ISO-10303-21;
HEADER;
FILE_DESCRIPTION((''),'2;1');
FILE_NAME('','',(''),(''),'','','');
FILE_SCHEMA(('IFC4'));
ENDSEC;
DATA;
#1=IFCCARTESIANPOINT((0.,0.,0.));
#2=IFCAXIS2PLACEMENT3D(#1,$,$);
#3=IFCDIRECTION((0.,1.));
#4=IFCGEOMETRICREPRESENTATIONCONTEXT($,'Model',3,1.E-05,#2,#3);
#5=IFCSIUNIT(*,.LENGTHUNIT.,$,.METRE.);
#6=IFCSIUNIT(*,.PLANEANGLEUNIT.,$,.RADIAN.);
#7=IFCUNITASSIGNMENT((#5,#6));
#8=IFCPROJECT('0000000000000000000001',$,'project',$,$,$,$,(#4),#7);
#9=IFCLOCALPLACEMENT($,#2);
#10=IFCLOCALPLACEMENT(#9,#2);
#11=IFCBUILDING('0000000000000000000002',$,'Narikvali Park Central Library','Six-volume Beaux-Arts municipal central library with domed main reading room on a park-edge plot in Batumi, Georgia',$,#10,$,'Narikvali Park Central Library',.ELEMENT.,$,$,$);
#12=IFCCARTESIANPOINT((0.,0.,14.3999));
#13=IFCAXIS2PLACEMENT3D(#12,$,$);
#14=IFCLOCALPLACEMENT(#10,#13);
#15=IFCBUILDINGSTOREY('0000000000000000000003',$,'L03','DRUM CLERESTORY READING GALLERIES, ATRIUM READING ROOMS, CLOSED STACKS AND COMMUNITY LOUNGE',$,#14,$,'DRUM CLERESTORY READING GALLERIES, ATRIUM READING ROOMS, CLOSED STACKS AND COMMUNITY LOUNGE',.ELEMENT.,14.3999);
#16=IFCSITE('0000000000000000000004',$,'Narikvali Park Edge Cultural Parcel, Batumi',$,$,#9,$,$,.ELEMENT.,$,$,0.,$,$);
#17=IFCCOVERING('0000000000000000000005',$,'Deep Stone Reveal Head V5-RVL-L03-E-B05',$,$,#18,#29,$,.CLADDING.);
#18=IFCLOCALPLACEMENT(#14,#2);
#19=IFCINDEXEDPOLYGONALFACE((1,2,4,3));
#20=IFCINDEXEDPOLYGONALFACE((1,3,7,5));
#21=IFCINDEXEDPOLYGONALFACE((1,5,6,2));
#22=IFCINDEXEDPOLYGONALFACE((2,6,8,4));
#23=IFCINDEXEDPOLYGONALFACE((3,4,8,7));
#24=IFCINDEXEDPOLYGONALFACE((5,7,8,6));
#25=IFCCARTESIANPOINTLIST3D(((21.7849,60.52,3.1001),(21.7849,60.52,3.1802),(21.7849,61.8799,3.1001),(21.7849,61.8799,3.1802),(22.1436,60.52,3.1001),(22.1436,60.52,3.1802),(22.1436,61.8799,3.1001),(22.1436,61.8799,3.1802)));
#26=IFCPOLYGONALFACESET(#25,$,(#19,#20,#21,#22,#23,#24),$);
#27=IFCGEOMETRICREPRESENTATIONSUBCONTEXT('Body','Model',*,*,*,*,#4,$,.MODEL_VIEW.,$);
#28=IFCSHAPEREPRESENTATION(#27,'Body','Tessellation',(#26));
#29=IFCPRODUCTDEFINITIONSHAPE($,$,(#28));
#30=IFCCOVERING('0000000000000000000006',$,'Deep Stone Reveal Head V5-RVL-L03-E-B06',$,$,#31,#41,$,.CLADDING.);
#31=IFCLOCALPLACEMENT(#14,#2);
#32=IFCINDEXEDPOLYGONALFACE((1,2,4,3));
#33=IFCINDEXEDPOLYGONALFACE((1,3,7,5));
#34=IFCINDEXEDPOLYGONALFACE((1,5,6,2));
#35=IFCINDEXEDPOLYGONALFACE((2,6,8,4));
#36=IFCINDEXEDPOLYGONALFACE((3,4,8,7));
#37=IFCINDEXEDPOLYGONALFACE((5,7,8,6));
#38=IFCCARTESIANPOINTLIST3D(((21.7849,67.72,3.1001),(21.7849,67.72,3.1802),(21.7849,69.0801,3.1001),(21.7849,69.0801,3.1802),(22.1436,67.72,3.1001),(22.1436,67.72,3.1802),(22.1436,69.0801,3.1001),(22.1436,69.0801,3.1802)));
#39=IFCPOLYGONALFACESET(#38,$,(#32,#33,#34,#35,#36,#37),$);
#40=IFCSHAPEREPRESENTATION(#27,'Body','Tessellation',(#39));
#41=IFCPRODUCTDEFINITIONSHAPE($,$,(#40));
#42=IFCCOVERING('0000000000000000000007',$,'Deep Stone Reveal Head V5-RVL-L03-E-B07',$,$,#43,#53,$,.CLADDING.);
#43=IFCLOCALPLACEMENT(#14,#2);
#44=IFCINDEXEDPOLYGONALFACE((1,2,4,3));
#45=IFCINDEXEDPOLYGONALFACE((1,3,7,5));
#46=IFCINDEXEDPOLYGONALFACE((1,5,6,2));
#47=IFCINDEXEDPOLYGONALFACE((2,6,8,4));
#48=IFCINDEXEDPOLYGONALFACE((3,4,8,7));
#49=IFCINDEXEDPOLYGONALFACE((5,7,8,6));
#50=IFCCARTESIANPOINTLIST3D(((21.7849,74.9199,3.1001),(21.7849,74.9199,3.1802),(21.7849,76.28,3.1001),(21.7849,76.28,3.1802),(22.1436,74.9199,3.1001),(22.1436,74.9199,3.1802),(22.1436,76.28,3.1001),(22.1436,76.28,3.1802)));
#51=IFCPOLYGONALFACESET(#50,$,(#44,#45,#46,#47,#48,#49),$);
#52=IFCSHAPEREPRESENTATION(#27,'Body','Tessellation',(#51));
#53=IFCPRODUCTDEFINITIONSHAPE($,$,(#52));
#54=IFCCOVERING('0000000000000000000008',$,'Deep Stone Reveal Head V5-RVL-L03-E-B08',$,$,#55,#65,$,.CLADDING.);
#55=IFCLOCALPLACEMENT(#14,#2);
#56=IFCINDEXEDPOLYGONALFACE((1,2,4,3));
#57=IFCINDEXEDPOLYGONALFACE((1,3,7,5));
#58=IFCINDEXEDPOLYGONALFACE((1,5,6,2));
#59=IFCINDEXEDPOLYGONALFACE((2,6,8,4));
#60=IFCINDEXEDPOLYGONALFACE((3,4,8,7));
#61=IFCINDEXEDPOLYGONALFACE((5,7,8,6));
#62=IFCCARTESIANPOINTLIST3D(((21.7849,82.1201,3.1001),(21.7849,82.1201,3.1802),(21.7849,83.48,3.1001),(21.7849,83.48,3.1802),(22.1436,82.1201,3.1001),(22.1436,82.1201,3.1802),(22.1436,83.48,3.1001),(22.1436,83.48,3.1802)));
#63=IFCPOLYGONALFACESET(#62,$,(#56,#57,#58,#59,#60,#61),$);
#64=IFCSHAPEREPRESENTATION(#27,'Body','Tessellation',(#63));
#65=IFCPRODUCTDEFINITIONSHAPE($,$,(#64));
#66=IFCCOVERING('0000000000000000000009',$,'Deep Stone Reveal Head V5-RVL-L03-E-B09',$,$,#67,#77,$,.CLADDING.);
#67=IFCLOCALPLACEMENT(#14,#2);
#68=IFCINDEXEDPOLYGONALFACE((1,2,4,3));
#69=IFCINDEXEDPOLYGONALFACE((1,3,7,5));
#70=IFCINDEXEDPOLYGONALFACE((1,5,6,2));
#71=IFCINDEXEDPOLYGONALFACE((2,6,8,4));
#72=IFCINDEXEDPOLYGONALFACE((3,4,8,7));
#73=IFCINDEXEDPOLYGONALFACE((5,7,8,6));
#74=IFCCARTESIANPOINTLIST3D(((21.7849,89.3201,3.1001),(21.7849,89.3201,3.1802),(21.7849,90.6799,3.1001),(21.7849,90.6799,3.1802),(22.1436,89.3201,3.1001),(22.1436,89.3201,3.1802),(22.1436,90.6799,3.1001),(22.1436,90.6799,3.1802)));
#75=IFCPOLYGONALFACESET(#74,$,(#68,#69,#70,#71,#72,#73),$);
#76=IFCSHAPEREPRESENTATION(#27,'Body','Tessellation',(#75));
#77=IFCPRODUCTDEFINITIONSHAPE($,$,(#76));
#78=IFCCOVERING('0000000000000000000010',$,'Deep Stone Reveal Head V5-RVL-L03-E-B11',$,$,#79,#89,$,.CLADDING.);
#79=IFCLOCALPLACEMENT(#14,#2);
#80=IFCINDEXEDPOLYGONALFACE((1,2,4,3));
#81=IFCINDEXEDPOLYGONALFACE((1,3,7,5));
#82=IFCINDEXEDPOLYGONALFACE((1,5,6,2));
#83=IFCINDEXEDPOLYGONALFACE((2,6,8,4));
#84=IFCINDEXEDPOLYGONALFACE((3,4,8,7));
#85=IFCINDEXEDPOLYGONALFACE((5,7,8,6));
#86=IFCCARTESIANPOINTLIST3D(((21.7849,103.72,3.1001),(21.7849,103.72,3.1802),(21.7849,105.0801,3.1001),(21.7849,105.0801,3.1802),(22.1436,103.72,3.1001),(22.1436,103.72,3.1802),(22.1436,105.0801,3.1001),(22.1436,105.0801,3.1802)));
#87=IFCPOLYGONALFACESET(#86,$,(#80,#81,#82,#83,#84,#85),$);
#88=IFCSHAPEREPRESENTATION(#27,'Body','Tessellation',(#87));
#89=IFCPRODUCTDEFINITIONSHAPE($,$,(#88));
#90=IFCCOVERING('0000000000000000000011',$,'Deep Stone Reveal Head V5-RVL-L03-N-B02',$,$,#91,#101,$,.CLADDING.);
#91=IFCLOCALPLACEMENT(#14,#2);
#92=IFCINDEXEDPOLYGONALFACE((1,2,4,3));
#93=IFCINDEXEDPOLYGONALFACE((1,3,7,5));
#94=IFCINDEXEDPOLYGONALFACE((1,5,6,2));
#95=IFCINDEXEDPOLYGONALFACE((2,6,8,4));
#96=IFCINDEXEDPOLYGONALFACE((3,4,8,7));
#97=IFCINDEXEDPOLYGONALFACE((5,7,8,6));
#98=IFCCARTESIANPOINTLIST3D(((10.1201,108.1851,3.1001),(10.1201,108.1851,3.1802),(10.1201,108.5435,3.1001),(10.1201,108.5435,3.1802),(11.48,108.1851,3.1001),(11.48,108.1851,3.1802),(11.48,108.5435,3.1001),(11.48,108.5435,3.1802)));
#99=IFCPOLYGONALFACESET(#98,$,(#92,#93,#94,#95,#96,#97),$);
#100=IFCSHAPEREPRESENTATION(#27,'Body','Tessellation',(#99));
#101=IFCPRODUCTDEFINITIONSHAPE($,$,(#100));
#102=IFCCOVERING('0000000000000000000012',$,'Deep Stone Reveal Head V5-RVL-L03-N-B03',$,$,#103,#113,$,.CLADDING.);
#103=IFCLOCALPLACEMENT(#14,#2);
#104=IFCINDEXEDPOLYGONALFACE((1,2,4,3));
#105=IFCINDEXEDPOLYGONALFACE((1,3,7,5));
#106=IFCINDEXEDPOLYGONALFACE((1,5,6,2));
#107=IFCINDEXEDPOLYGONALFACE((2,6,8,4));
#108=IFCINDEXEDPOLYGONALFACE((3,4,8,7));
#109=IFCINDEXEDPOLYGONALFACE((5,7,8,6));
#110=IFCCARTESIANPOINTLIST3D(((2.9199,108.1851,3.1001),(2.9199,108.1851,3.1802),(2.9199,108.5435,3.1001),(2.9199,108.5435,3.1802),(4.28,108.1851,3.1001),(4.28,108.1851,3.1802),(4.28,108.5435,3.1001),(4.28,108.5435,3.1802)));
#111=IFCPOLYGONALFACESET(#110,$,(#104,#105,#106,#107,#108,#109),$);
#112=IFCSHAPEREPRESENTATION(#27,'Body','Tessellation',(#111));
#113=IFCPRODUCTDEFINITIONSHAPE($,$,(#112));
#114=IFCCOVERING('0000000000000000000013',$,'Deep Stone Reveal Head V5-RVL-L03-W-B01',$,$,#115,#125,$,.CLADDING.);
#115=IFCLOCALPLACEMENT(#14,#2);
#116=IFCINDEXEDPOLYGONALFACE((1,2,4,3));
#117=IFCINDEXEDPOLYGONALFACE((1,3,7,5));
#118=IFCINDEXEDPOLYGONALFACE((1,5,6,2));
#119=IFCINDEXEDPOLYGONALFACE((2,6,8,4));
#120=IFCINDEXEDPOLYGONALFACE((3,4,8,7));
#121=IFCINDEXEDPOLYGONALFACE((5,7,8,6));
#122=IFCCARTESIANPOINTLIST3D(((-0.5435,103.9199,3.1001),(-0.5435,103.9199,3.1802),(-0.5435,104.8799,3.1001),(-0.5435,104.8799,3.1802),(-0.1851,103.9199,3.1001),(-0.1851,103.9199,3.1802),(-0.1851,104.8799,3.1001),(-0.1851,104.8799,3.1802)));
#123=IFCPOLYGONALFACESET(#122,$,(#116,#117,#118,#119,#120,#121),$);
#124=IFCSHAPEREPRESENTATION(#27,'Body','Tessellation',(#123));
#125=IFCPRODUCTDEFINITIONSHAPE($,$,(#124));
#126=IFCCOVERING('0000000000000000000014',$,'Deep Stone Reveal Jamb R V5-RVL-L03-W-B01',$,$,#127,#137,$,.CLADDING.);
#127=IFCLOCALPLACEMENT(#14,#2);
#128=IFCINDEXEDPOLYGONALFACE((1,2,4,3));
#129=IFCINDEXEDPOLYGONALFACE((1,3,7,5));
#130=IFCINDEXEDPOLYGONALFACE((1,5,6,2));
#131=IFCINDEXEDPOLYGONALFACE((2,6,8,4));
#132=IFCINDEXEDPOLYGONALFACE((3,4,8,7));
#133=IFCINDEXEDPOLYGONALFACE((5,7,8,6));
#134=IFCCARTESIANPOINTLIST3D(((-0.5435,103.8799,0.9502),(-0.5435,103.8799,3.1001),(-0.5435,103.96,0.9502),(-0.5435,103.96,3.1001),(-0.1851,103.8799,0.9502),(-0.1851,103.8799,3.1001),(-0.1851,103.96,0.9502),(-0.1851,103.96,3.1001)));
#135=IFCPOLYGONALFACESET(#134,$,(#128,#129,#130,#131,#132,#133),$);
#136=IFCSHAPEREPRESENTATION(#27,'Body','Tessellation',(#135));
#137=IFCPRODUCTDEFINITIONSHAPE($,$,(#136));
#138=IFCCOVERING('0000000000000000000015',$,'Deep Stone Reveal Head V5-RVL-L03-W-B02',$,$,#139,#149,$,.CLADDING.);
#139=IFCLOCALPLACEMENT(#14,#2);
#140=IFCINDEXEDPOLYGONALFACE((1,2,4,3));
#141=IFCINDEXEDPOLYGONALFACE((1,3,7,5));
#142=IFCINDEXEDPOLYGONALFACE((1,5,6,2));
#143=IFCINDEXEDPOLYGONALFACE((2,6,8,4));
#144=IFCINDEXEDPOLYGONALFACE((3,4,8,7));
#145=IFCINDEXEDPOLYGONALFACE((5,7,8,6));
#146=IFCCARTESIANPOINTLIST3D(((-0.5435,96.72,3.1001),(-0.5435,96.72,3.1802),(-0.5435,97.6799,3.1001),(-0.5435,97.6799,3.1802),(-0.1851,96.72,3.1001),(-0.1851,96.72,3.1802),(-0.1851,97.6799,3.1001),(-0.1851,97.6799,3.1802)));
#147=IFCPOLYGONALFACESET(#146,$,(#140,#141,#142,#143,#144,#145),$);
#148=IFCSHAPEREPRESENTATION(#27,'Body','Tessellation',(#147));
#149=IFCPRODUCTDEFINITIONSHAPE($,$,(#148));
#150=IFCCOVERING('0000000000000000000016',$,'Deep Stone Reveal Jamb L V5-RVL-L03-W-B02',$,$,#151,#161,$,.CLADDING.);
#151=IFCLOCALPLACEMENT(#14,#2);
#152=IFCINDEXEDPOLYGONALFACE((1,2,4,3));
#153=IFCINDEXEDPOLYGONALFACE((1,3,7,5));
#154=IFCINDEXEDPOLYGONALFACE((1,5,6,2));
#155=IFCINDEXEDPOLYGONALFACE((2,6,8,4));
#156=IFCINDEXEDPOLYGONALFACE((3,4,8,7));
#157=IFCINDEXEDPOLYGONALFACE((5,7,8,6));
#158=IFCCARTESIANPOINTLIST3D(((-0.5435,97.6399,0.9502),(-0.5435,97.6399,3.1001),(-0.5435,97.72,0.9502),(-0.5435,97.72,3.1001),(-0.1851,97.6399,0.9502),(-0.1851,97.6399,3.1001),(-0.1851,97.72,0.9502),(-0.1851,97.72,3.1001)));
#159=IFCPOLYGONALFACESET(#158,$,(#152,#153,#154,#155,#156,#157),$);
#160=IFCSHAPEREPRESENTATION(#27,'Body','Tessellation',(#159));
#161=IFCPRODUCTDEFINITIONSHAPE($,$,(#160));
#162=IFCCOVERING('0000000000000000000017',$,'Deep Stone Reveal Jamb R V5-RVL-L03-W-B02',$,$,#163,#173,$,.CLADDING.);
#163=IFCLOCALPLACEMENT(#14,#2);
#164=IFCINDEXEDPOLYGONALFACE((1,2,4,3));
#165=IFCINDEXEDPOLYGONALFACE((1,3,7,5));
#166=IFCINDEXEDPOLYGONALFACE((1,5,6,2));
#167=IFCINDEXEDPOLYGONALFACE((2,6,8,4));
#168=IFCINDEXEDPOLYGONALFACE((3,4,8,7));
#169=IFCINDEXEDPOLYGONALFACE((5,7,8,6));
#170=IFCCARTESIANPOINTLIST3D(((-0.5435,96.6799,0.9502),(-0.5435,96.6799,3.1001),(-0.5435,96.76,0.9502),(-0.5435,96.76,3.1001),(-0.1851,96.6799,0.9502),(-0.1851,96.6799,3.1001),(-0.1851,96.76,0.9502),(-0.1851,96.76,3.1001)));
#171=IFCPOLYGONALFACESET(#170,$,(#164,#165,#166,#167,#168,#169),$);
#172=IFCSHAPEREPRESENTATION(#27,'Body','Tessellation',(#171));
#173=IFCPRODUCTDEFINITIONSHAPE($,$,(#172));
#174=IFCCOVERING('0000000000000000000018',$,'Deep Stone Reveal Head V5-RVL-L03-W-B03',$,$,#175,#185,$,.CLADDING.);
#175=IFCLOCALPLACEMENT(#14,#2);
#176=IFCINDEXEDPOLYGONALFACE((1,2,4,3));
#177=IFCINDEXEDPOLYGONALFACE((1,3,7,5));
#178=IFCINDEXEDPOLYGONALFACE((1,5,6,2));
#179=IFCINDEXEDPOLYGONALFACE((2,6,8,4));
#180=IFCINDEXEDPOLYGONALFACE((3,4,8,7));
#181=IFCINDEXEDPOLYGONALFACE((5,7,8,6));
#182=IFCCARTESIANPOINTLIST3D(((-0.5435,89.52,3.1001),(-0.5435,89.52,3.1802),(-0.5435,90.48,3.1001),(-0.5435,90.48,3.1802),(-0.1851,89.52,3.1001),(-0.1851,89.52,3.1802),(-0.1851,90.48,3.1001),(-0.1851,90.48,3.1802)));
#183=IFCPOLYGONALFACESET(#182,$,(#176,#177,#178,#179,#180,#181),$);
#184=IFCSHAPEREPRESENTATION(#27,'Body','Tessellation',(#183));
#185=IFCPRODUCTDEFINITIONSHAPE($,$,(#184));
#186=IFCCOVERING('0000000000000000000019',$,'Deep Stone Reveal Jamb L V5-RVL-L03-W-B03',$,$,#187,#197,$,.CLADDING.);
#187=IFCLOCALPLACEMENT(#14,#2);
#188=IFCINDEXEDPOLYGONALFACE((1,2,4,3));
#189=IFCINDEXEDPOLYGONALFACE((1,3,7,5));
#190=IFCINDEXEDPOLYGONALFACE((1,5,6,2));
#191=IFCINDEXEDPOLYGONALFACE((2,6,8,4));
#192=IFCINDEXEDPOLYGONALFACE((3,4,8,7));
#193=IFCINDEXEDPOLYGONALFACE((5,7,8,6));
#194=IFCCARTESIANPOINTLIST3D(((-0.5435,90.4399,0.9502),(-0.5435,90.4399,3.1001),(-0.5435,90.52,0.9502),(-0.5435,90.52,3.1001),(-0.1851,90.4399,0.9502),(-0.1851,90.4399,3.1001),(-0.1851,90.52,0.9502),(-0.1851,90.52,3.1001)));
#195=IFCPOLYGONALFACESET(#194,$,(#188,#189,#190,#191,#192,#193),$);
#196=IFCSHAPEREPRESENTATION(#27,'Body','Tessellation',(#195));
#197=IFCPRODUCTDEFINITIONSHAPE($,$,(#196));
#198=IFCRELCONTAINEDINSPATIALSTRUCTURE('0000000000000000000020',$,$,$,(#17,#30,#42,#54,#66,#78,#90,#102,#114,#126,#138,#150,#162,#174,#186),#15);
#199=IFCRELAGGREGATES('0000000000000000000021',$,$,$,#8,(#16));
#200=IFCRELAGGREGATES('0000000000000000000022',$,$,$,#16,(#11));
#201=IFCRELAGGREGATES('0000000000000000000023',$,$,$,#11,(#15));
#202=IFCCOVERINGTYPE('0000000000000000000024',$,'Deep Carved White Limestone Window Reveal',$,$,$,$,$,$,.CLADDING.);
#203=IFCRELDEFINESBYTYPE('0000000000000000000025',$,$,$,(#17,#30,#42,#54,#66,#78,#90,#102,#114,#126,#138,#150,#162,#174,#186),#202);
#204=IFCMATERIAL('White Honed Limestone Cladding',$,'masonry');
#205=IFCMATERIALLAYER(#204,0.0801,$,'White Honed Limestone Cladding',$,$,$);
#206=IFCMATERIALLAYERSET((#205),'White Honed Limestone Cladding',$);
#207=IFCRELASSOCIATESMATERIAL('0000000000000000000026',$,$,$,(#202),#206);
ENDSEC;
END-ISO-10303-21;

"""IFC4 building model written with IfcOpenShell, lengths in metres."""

from ifc_helpers import new_model, si_unit, direction, frame, origin, place, context, subcontext, project, spatial, polyline, outline, extrude, material, layer, layer_set, type_object, element, save


model = new_model("IFC4")

# Units and contexts
model_context = context("Model", 3, precision=1e-05, world=origin(), true_north=direction((0.0, 1.0)))
body_context = subcontext(model_context, "Body", "Model", "MODEL_VIEW")
ifc_project = project(units=[si_unit("LENGTHUNIT", "METRE"), si_unit("PLANEANGLEUNIT", "RADIAN")], contexts=[model_context])

# Site, building, storey
site_placement = place(None, origin())
site = spatial("IfcSite", under=ifc_project, at=site_placement, Name="Narikvali Park Edge Cultural Parcel, Batumi", CompositionType="ELEMENT", RefElevation=0.0)
building_placement = place(site_placement, origin())
building = spatial("IfcBuilding", under=site, at=building_placement, Name="Narikvali Park Central Library", Description="Six-volume Beaux-Arts municipal central library with domed main reading room on a park-edge plot in Batumi, Georgia", LongName="Narikvali Park Central Library", CompositionType="ELEMENT")
storey_placement = place(building_placement, frame((0.0, 0.0, 14.3999)))
storey = spatial("IfcBuildingStorey", under=building, at=storey_placement, Name="L03", Description="DRUM CLERESTORY READING GALLERIES, ATRIUM READING ROOMS, CLOSED STACKS AND COMMUNITY LOUNGE", LongName="DRUM CLERESTORY READING GALLERIES, ATRIUM READING ROOMS, CLOSED STACKS AND COMMUNITY LOUNGE", CompositionType="ELEMENT", Elevation=14.3999)

# Coverings
ifc_material = material(Name="White Honed Limestone Cladding", Category="masonry")
ifc_layer = layer(ifc_material, 0.0801, Name="White Honed Limestone Cladding")
ifc_layer_set = layer_set([ifc_layer], Name="White Honed Limestone Cladding")
covering_type = type_object("IfcCoveringType", Name="Deep Carved White Limestone Window Reveal", PredefinedType="CLADDING", material=ifc_layer_set)
covering_1_placement = place(storey_placement, frame((0.0, 0.0, 3.1001)))
element("IfcCovering", 1, at=covering_1_placement, inside=storey, type_object=covering_type, Name="Deep Stone Reveal Head V5-RVL-L03-E-B05", PredefinedType="CLADDING", context=body_context, shape_type="SweptSolid", body=[
    extrude(outline(polyline([(21.7849, 60.52), (21.7849, 61.8799), (22.1436, 61.8799), (22.1436, 60.52), (21.7849, 60.52)])), origin(), (0.0, 0.0, 1.0), 0.0801),
])
covering_2_placement = place(storey_placement, frame((0.0, 0.0, 3.1001)))
element("IfcCovering", 2, at=covering_2_placement, inside=storey, type_object=covering_type, Name="Deep Stone Reveal Head V5-RVL-L03-E-B06", PredefinedType="CLADDING", context=body_context, shape_type="SweptSolid", body=[
    extrude(outline(polyline([(21.7849, 67.72), (21.7849, 69.0801), (22.1436, 69.0801), (22.1436, 67.72), (21.7849, 67.72)])), origin(), (0.0, 0.0, 1.0), 0.0801),
])
covering_3_placement = place(storey_placement, frame((0.0, 0.0, 3.1001)))
element("IfcCovering", 3, at=covering_3_placement, inside=storey, type_object=covering_type, Name="Deep Stone Reveal Head V5-RVL-L03-E-B07", PredefinedType="CLADDING", context=body_context, shape_type="SweptSolid", body=[
    extrude(outline(polyline([(21.7849, 74.9199), (21.7849, 76.28), (22.1436, 76.28), (22.1436, 74.9199), (21.7849, 74.9199)])), origin(), (0.0, 0.0, 1.0), 0.0801),
])
covering_4_placement = place(storey_placement, frame((0.0, 0.0, 3.1001)))
element("IfcCovering", 4, at=covering_4_placement, inside=storey, type_object=covering_type, Name="Deep Stone Reveal Head V5-RVL-L03-E-B08", PredefinedType="CLADDING", context=body_context, shape_type="SweptSolid", body=[
    extrude(outline(polyline([(21.7849, 82.1201), (21.7849, 83.48), (22.1436, 83.48), (22.1436, 82.1201), (21.7849, 82.1201)])), origin(), (0.0, 0.0, 1.0), 0.0801),
])
covering_5_placement = place(storey_placement, frame((0.0, 0.0, 3.1001)))
element("IfcCovering", 5, at=covering_5_placement, inside=storey, type_object=covering_type, Name="Deep Stone Reveal Head V5-RVL-L03-E-B09", PredefinedType="CLADDING", context=body_context, shape_type="SweptSolid", body=[
    extrude(outline(polyline([(21.7849, 89.3201), (21.7849, 90.6799), (22.1436, 90.6799), (22.1436, 89.3201), (21.7849, 89.3201)])), origin(), (0.0, 0.0, 1.0), 0.0801),
])
covering_6_placement = place(storey_placement, frame((0.0, 0.0, 3.1001)))
element("IfcCovering", 6, at=covering_6_placement, inside=storey, type_object=covering_type, Name="Deep Stone Reveal Head V5-RVL-L03-E-B11", PredefinedType="CLADDING", context=body_context, shape_type="SweptSolid", body=[
    extrude(outline(polyline([(21.7849, 103.72), (21.7849, 105.0801), (22.1436, 105.0801), (22.1436, 103.72), (21.7849, 103.72)])), origin(), (0.0, 0.0, 1.0), 0.0801),
])
covering_7_placement = place(storey_placement, frame((0.0, 0.0, 3.1001)))
element("IfcCovering", 7, at=covering_7_placement, inside=storey, type_object=covering_type, Name="Deep Stone Reveal Head V5-RVL-L03-N-B02", PredefinedType="CLADDING", context=body_context, shape_type="SweptSolid", body=[
    extrude(outline(polyline([(11.48, 108.1851), (10.1201, 108.1851), (10.1201, 108.5435), (11.48, 108.5435), (11.48, 108.1851)])), origin(), (0.0, 0.0, 1.0), 0.0801),
])
covering_8_placement = place(storey_placement, frame((0.0, 0.0, 3.1001)))
element("IfcCovering", 8, at=covering_8_placement, inside=storey, type_object=covering_type, Name="Deep Stone Reveal Head V5-RVL-L03-N-B03", PredefinedType="CLADDING", context=body_context, shape_type="SweptSolid", body=[
    extrude(outline(polyline([(4.28, 108.1851), (2.9199, 108.1851), (2.9199, 108.5435), (4.28, 108.5435), (4.28, 108.1851)])), origin(), (0.0, 0.0, 1.0), 0.0801),
])
covering_9_placement = place(storey_placement, frame((0.0, 0.0, 3.1001)))
element("IfcCovering", 9, at=covering_9_placement, inside=storey, type_object=covering_type, Name="Deep Stone Reveal Head V5-RVL-L03-W-B01", PredefinedType="CLADDING", context=body_context, shape_type="SweptSolid", body=[
    extrude(outline(polyline([(-0.1851, 104.8799), (-0.1851, 103.9199), (-0.5435, 103.9199), (-0.5435, 104.8799), (-0.1851, 104.8799)])), origin(), (0.0, 0.0, 1.0), 0.0801),
])
covering_10_placement = place(storey_placement, frame((0.0, 0.0, 0.9502)))
element("IfcCovering", 10, at=covering_10_placement, inside=storey, type_object=covering_type, Name="Deep Stone Reveal Jamb R V5-RVL-L03-W-B01", PredefinedType="CLADDING", context=body_context, shape_type="SweptSolid", body=[
    extrude(outline(polyline([(-0.1851, 103.96), (-0.1851, 103.8799), (-0.5435, 103.8799), (-0.5435, 103.96), (-0.1851, 103.96)])), origin(), (0.0, 0.0, 1.0), 2.1499),
])
covering_11_placement = place(storey_placement, frame((0.0, 0.0, 3.1001)))
element("IfcCovering", 11, at=covering_11_placement, inside=storey, type_object=covering_type, Name="Deep Stone Reveal Head V5-RVL-L03-W-B02", PredefinedType="CLADDING", context=body_context, shape_type="SweptSolid", body=[
    extrude(outline(polyline([(-0.1851, 97.6799), (-0.1851, 96.72), (-0.5435, 96.72), (-0.5435, 97.6799), (-0.1851, 97.6799)])), origin(), (0.0, 0.0, 1.0), 0.0801),
])
covering_12_placement = place(storey_placement, frame((0.0, 0.0, 0.9502)))
element("IfcCovering", 12, at=covering_12_placement, inside=storey, type_object=covering_type, Name="Deep Stone Reveal Jamb L V5-RVL-L03-W-B02", PredefinedType="CLADDING", context=body_context, shape_type="SweptSolid", body=[
    extrude(outline(polyline([(-0.1851, 97.72), (-0.1851, 97.6399), (-0.5435, 97.6399), (-0.5435, 97.72), (-0.1851, 97.72)])), origin(), (0.0, 0.0, 1.0), 2.1499),
])
covering_13_placement = place(storey_placement, frame((0.0, 0.0, 0.9502)))
element("IfcCovering", 13, at=covering_13_placement, inside=storey, type_object=covering_type, Name="Deep Stone Reveal Jamb R V5-RVL-L03-W-B02", PredefinedType="CLADDING", context=body_context, shape_type="SweptSolid", body=[
    extrude(outline(polyline([(-0.1851, 96.76), (-0.1851, 96.6799), (-0.5435, 96.6799), (-0.5435, 96.76), (-0.1851, 96.76)])), origin(), (0.0, 0.0, 1.0), 2.1499),
])
covering_14_placement = place(storey_placement, frame((0.0, 0.0, 3.1001)))
element("IfcCovering", 14, at=covering_14_placement, inside=storey, type_object=covering_type, Name="Deep Stone Reveal Head V5-RVL-L03-W-B03", PredefinedType="CLADDING", context=body_context, shape_type="SweptSolid", body=[
    extrude(outline(polyline([(-0.1851, 90.48), (-0.1851, 89.52), (-0.5435, 89.52), (-0.5435, 90.48), (-0.1851, 90.48)])), origin(), (0.0, 0.0, 1.0), 0.0801),
])
covering_15_placement = place(storey_placement, frame((0.0, 0.0, 0.9502)))
element("IfcCovering", 15, at=covering_15_placement, inside=storey, type_object=covering_type, Name="Deep Stone Reveal Jamb L V5-RVL-L03-W-B03", PredefinedType="CLADDING", context=body_context, shape_type="SweptSolid", body=[
    extrude(outline(polyline([(-0.1851, 90.52), (-0.1851, 90.4399), (-0.5435, 90.4399), (-0.5435, 90.52), (-0.1851, 90.52)])), origin(), (0.0, 0.0, 1.0), 2.1499),
])

save(model, "model.ifc")
